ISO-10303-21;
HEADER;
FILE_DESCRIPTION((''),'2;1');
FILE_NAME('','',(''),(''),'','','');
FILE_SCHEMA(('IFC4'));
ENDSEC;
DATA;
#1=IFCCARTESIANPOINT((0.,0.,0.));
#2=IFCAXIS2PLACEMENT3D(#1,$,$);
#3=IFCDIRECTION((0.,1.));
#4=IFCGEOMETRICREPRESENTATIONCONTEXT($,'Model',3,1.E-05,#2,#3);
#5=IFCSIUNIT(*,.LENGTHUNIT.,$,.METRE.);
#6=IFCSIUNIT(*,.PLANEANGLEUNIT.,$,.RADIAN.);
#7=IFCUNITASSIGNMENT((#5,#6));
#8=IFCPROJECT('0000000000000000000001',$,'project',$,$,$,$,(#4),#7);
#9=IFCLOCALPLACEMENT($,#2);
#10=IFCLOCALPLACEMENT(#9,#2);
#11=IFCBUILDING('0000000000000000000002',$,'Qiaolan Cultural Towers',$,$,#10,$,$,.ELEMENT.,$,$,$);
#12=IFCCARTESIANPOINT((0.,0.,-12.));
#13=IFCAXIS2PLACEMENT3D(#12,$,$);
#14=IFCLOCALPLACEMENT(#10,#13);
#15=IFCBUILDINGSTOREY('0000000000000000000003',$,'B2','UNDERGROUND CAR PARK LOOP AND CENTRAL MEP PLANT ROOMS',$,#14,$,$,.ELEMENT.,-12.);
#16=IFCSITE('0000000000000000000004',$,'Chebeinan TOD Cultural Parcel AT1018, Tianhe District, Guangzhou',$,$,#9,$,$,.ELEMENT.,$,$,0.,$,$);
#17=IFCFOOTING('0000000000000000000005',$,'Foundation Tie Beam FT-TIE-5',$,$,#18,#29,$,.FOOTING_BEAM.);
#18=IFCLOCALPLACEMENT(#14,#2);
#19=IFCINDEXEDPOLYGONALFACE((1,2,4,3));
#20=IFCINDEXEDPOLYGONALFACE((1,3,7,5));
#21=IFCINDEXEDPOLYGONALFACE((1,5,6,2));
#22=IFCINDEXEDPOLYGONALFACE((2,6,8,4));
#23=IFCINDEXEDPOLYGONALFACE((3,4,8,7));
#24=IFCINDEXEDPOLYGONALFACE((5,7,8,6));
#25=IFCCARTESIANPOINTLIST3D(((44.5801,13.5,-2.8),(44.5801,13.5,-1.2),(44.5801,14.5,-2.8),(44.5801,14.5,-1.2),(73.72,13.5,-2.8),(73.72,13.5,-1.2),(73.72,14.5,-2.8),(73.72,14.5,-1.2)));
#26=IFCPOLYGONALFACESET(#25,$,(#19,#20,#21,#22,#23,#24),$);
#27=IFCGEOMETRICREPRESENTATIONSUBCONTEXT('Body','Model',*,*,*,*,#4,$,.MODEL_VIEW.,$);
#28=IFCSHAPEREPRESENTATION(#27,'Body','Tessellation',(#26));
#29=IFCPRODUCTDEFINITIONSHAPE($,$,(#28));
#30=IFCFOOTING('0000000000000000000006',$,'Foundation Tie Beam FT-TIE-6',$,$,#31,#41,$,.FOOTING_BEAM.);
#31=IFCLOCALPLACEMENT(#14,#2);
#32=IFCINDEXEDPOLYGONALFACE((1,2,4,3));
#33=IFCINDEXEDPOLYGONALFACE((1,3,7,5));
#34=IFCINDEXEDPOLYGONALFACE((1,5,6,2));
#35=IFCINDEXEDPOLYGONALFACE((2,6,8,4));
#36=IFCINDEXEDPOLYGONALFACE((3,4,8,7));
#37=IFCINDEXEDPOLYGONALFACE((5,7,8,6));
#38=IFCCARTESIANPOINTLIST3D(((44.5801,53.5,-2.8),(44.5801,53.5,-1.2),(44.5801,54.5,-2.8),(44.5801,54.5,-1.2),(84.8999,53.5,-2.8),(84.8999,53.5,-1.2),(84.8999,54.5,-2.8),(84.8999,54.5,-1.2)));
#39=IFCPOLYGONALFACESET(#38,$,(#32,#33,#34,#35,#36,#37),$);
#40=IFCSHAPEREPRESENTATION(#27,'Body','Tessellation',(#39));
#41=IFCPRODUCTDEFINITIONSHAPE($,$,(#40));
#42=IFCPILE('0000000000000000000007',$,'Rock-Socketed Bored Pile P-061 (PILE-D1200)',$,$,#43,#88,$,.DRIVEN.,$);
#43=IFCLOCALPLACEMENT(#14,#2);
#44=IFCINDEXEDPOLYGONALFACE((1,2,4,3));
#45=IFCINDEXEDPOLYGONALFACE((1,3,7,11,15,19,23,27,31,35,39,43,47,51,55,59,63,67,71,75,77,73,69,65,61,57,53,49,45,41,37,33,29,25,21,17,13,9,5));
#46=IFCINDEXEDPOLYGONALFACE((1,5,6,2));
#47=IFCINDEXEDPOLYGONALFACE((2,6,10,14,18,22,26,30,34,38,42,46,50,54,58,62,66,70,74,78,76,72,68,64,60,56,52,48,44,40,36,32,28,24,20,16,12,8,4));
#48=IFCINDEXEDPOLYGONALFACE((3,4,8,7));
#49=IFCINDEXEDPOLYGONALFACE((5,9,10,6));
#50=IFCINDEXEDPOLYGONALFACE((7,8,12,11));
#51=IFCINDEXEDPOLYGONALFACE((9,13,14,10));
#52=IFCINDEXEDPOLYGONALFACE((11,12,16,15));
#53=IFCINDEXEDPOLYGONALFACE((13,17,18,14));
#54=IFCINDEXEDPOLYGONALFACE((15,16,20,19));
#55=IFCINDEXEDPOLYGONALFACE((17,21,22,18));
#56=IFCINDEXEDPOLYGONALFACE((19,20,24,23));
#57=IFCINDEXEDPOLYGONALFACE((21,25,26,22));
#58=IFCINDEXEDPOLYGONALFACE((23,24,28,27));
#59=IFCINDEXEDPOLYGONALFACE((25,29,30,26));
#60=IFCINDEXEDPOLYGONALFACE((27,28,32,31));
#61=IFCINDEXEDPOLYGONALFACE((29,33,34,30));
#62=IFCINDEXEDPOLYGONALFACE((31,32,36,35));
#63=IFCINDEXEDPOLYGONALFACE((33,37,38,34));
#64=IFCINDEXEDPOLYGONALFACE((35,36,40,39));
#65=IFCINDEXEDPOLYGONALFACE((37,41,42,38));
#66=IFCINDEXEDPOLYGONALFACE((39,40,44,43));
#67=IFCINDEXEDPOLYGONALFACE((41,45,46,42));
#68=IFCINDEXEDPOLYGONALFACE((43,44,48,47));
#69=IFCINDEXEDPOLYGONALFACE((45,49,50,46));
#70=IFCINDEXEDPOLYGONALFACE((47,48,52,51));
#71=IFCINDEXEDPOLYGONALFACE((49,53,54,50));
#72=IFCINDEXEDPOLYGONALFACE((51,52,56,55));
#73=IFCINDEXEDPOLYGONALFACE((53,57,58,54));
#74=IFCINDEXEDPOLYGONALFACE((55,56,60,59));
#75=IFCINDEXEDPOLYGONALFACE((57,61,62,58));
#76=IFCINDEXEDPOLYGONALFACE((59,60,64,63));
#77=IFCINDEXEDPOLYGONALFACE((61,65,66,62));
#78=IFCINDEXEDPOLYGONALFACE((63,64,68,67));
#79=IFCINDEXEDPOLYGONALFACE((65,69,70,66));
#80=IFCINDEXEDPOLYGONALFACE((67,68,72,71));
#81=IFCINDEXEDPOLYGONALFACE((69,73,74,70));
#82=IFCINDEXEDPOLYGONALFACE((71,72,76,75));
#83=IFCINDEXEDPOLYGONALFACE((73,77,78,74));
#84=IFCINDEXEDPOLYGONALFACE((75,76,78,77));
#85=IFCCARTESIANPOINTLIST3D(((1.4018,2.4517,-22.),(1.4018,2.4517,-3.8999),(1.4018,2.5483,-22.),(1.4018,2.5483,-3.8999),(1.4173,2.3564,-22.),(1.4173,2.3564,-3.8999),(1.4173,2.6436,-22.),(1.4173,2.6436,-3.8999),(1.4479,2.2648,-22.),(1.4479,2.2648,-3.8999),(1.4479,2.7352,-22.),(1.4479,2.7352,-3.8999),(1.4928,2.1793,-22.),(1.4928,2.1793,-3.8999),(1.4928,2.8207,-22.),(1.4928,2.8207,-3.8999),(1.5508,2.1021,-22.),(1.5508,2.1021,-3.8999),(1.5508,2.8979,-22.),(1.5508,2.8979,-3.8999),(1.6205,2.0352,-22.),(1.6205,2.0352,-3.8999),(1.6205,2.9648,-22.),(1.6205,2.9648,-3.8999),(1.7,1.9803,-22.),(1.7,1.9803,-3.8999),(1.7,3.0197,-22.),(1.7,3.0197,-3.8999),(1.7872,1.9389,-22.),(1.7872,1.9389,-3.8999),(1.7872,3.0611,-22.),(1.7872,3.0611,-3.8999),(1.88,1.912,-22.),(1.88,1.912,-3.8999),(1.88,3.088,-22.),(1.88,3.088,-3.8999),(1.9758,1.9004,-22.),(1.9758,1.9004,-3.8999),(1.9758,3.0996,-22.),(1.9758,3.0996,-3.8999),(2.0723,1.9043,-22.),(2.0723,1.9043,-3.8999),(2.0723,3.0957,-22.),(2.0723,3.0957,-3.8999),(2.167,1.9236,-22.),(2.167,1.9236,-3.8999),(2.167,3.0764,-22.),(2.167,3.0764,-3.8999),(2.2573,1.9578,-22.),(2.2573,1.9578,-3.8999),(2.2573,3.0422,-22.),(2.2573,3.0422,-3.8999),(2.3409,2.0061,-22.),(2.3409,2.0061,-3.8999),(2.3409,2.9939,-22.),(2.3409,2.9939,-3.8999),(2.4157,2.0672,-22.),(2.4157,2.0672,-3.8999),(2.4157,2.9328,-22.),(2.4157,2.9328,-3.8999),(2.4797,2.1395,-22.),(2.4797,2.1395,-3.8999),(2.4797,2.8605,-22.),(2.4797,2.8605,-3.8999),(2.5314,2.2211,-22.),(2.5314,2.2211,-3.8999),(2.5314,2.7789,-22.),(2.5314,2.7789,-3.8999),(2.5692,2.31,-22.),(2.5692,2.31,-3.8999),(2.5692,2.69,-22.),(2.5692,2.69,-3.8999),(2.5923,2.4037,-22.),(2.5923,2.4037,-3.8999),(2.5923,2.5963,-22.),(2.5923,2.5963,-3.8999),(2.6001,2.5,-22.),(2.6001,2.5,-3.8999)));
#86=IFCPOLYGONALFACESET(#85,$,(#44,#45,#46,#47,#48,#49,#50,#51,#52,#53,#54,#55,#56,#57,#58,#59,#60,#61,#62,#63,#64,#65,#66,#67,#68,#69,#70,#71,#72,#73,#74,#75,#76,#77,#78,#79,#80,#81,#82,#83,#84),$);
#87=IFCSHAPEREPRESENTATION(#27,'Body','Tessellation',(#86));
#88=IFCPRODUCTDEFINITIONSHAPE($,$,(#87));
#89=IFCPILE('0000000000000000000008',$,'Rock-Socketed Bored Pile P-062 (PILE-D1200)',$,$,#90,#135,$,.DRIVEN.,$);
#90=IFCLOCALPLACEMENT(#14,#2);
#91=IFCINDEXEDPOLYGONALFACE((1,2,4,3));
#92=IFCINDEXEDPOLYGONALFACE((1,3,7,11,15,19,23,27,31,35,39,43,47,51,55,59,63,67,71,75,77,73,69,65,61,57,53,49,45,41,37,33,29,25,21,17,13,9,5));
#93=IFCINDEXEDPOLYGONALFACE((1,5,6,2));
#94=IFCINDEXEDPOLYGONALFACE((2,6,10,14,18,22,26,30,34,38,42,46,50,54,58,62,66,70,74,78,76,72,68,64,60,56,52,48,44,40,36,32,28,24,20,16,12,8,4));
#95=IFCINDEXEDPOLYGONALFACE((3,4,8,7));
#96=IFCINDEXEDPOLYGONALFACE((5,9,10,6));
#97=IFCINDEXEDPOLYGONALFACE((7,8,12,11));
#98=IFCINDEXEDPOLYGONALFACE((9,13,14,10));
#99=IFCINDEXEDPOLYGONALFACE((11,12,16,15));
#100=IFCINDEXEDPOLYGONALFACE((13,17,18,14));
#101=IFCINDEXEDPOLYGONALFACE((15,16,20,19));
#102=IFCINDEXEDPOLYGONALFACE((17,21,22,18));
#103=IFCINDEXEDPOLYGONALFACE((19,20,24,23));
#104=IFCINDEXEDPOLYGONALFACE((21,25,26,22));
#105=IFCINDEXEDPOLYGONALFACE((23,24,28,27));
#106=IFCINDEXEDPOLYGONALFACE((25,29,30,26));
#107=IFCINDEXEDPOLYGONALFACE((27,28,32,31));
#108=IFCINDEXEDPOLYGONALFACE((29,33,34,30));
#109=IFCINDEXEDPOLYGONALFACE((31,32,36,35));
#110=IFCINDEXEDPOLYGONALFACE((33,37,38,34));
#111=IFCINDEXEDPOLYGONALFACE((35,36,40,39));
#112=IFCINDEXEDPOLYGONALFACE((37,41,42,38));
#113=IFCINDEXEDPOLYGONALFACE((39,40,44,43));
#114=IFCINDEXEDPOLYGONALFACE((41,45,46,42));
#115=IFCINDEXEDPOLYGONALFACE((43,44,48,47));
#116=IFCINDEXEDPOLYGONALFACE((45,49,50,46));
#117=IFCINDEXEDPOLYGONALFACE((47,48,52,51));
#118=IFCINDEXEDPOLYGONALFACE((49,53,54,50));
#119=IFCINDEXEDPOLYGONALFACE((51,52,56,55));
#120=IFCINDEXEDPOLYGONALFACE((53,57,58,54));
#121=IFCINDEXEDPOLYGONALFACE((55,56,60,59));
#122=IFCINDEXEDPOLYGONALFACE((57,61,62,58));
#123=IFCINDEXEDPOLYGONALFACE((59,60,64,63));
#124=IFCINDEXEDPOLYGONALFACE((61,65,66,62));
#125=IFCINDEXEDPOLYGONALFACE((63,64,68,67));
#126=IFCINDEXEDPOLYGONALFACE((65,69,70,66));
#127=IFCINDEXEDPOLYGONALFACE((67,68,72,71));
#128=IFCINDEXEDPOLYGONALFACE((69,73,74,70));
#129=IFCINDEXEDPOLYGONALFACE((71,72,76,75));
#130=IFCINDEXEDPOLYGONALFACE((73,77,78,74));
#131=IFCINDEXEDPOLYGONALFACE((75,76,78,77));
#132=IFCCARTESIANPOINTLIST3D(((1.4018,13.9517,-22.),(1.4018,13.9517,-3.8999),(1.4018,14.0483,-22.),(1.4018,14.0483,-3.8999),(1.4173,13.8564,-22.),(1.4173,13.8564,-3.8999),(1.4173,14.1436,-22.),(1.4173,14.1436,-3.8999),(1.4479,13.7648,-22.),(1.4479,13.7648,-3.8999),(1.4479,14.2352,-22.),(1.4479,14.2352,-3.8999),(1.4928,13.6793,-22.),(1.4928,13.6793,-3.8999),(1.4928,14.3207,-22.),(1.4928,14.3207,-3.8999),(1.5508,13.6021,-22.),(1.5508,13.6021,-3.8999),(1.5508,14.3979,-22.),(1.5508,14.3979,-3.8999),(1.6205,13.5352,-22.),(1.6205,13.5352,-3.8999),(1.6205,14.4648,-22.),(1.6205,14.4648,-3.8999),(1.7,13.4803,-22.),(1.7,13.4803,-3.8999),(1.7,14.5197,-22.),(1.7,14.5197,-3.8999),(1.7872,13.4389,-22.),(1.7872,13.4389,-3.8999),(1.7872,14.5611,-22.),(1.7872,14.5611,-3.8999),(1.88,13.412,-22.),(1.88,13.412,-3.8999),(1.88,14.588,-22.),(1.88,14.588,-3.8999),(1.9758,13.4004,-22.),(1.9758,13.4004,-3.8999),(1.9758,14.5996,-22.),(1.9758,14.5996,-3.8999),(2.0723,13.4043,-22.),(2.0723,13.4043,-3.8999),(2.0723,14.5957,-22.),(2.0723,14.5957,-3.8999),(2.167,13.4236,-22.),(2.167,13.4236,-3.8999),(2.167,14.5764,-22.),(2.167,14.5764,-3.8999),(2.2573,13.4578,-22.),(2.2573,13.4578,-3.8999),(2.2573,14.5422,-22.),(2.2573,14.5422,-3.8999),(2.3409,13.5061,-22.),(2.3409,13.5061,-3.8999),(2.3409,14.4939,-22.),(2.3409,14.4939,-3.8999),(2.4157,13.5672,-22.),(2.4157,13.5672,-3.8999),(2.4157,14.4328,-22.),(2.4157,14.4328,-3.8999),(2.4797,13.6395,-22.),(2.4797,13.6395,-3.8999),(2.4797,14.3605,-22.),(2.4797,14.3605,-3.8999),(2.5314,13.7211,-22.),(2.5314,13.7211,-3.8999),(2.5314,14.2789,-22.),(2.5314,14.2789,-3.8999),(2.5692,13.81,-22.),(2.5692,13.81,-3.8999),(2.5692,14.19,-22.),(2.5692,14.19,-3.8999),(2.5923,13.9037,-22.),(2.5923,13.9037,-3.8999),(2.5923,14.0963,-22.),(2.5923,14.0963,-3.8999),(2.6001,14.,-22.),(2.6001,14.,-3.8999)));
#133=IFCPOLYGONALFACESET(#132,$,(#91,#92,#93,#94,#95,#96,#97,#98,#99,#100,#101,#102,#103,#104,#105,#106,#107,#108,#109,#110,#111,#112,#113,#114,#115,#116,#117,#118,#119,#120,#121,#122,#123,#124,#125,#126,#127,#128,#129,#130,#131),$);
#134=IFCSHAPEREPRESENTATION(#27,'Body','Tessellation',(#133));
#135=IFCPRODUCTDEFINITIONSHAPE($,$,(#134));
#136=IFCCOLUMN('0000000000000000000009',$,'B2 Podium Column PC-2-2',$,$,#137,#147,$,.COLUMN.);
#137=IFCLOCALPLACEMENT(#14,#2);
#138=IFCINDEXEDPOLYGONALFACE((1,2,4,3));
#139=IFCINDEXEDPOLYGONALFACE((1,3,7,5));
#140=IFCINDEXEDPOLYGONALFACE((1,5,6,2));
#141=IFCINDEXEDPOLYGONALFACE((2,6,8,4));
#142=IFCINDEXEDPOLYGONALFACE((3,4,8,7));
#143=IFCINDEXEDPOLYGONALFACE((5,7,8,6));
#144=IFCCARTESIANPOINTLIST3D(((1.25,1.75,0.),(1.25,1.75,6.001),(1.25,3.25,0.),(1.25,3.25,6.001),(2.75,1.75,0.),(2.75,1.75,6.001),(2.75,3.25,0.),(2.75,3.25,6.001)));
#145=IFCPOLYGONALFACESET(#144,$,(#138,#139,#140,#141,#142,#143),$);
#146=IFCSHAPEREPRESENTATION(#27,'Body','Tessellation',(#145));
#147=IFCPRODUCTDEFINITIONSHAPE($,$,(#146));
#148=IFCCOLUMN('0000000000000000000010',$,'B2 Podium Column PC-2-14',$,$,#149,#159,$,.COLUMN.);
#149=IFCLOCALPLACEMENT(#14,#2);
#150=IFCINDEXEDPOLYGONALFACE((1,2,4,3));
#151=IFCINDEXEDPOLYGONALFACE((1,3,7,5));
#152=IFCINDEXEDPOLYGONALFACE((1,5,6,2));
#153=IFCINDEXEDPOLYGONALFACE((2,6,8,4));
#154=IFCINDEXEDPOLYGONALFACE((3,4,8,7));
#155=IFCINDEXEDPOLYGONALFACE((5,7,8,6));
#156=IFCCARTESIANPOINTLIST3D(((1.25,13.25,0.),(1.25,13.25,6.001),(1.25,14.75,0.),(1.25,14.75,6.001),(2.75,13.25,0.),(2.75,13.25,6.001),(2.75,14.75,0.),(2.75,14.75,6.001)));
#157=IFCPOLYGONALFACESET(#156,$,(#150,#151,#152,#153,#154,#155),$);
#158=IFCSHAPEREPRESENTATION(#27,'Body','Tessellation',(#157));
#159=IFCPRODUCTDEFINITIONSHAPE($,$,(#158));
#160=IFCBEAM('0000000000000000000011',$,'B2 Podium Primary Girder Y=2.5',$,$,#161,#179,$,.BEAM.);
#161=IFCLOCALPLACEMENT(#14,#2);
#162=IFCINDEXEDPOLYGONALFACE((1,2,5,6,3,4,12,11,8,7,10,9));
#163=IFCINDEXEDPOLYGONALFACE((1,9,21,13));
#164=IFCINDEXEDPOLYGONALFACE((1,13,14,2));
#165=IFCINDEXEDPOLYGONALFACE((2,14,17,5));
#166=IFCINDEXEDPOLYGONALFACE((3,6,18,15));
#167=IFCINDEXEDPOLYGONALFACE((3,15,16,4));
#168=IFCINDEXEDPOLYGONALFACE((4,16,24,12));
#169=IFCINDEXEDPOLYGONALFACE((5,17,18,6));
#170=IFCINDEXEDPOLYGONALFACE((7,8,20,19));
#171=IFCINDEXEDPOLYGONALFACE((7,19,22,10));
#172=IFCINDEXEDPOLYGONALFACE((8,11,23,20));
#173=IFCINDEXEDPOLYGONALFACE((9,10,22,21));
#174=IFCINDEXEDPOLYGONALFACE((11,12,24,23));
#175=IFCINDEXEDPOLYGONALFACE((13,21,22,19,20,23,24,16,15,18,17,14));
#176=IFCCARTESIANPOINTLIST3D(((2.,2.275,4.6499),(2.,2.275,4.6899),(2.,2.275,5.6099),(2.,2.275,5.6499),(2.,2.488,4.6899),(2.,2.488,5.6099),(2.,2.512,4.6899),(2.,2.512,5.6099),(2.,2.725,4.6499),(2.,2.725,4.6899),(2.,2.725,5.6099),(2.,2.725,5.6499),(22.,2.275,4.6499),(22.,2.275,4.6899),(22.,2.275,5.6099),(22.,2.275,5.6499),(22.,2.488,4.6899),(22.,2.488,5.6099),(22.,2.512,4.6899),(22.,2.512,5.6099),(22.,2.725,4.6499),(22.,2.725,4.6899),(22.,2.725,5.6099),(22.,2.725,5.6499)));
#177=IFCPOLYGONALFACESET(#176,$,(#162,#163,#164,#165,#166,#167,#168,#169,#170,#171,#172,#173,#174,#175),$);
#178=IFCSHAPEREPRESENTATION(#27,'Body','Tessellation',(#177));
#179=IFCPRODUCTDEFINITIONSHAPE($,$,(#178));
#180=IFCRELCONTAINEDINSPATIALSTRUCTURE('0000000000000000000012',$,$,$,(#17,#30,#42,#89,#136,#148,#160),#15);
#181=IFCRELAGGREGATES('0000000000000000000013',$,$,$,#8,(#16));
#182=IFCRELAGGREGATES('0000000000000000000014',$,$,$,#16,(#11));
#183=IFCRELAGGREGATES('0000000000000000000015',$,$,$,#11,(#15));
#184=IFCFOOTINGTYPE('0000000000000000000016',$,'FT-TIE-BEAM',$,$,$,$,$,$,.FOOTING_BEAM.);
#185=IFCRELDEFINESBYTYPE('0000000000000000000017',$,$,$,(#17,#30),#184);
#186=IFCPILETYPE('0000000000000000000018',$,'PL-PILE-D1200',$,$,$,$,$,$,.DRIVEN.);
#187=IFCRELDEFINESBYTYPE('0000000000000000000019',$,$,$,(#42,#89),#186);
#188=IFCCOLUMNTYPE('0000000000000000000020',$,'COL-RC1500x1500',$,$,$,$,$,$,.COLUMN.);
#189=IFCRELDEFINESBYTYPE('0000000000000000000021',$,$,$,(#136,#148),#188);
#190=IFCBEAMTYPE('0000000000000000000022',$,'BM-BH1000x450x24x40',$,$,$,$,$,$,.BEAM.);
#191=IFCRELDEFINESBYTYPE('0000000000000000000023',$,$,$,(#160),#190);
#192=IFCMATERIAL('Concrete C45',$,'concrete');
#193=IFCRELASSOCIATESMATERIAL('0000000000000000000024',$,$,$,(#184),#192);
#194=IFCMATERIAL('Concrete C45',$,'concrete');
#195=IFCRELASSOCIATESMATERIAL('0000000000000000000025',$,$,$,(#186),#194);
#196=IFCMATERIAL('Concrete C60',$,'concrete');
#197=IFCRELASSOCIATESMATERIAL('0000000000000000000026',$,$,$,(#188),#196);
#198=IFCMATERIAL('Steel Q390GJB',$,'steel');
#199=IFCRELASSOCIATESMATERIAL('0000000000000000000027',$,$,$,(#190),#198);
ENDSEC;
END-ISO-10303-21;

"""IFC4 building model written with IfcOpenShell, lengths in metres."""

from ifc_helpers import new_model, si_unit, direction, frame, origin, origin_2d, place, context, subcontext, project, spatial, polyline, rectangle, circle, i_section, outline, extrude, material, material_profile, profile_set, type_object, element, save


model = new_model("IFC4")

# Units and contexts
model_context = context("Model", 3, precision=1e-05, world=origin(), true_north=direction((0.0, 1.0)))
body_context = subcontext(model_context, "Body", "Model", "MODEL_VIEW")
ifc_project = project(units=[si_unit("LENGTHUNIT", "METRE"), si_unit("PLANEANGLEUNIT", "RADIAN")], contexts=[model_context])

# Site, building, storey
site_placement = place(None, origin())
site = spatial("IfcSite", under=ifc_project, at=site_placement, Name="Chebeinan TOD Cultural Parcel AT1018, Tianhe District, Guangzhou", CompositionType="ELEMENT", RefElevation=0.0)
building_placement = place(site_placement, origin())
building = spatial("IfcBuilding", under=site, at=building_placement, Name="Qiaolan Cultural Towers", CompositionType="ELEMENT")
storey_placement = place(building_placement, frame((0.0, 0.0, -12.0)))
storey = spatial("IfcBuildingStorey", under=building, at=storey_placement, Name="B2", Description="UNDERGROUND CAR PARK LOOP AND CENTRAL MEP PLANT ROOMS", CompositionType="ELEMENT", Elevation=-12.0)

# Footings
ifc_material_1 = material(Name="Concrete C45", Category="concrete")
footing_type = type_object("IfcFootingType", Name="FT-TIE-BEAM", PredefinedType="FOOTING_BEAM", material=ifc_material_1)
footing_1_placement = place(storey_placement, frame((0.0, 0.0, -2.8)))
element("IfcFooting", 1, at=footing_1_placement, inside=storey, type_object=footing_type, Name="Foundation Tie Beam FT-TIE-5", PredefinedType="FOOTING_BEAM", context=body_context, shape_type="SweptSolid", body=[
    extrude(outline(polyline([(44.5801, 13.5), (73.72, 13.5), (73.72, 14.5), (44.5801, 14.5), (44.5801, 13.5)])), origin(), (0.0, 0.0, 1.0), 1.6001),
])
footing_2_placement = place(storey_placement, frame((0.0, 0.0, -2.8)))
element("IfcFooting", 2, at=footing_2_placement, inside=storey, type_object=footing_type, Name="Foundation Tie Beam FT-TIE-6", PredefinedType="FOOTING_BEAM", context=body_context, shape_type="SweptSolid", body=[
    extrude(outline(polyline([(44.5801, 53.5), (84.8999, 53.5), (84.8999, 54.5), (44.5801, 54.5), (44.5801, 53.5)])), origin(), (0.0, 0.0, 1.0), 1.6001),
])

# Piles
ifc_material_2 = material(Name="Concrete C45", Category="concrete")
ifc_material_profile_1 = material_profile(ifc_material_2, circle(Radius=0.6001, at=origin_2d()), Name="PILE-D1200")
ifc_profile_set_1 = profile_set([ifc_material_profile_1], Name="Concrete C45")
pile_type = type_object("IfcPileType", Name="PL-PILE-D1200", PredefinedType="DRIVEN", material=ifc_profile_set_1)
for number, where, z_axis, x_axis, name in (
    (3, (2.0, 2.5, -3.8999), (0.0, 0.0, -1.0), (1.0, 0.0, 0.0), "Rock-Socketed Bored Pile P-061 (PILE-D1200)"),
    (4, (2.0, 14.0, -3.8999), (0.0, 0.0, -1.0), (1.0, 0.0, 0.0), "Rock-Socketed Bored Pile P-062 (PILE-D1200)"),
):
    element("IfcPile", number, at=place(storey_placement, frame(where, z_axis=z_axis, x_axis=x_axis)), inside=storey, type_object=pile_type, Name=name, PredefinedType="DRIVEN", context=body_context, shape_type="SweptSolid", body=[
        extrude(circle(Radius=0.6001, at=origin_2d()), origin(), (0.0, 0.0, 1.0), 18.1001),
    ])

# Columns
ifc_material_3 = material(Name="Concrete C60", Category="concrete")
ifc_material_profile_2 = material_profile(ifc_material_3, rectangle(XDim=1.5, YDim=1.5, at=origin_2d()), Name="RC1500x1500")
ifc_profile_set_2 = profile_set([ifc_material_profile_2], Name="Concrete C60")
column_type = type_object("IfcColumnType", Name="COL-RC1500x1500", PredefinedType="COLUMN", material=ifc_profile_set_2)
for number, where, z_axis, x_axis, name in (
    (5, (2.0, 2.5, 0.0), (0.0, 0.0, 1.0), (1.0, 0.0, 0.0), "B2 Podium Column PC-2-2"),
    (6, (2.0, 14.0, 0.0), (0.0, 0.0, 1.0), (1.0, 0.0, 0.0), "B2 Podium Column PC-2-14"),
):
    element("IfcColumn", number, at=place(storey_placement, frame(where, z_axis=z_axis, x_axis=x_axis)), inside=storey, type_object=column_type, Name=name, PredefinedType="COLUMN", context=body_context, shape_type="SweptSolid", body=[
        extrude(rectangle(XDim=1.5, YDim=1.5, at=origin_2d()), origin(), (0.0, 0.0, 1.0), 6.001),
    ])

# Beam
ifc_material_4 = material(Name="Steel Q390GJB", Category="steel")
ifc_material_profile_3 = material_profile(ifc_material_4, i_section(OverallWidth=0.45, OverallDepth=1.0, WebThickness=0.0239, FlangeThickness=0.04, at=origin_2d()), Name="BH1000x450x24x40")
ifc_profile_set_3 = profile_set([ifc_material_profile_3], Name="Steel Q390GJB")
beam_type_1 = type_object("IfcBeamType", Name="BM-BH1000x450x24x40", PredefinedType="BEAM", material=ifc_profile_set_3)
beam_1_placement = place(storey_placement, frame((2.0, 2.5, 5.1499), z_axis=(1.0, 0.0, 0.0), x_axis=(0.0, 1.0, 0.0)))
element("IfcBeam", 7, at=beam_1_placement, inside=storey, type_object=beam_type_1, Name="B2 Podium Primary Girder Y=2.5", PredefinedType="BEAM", context=body_context, shape_type="SweptSolid", body=[
    extrude(i_section(OverallWidth=0.45, OverallDepth=1.0, WebThickness=0.0239, FlangeThickness=0.04, at=origin_2d()), origin(), (0.0, 0.0, 1.0), 20.0),
])

save(model, "model.ifc")
